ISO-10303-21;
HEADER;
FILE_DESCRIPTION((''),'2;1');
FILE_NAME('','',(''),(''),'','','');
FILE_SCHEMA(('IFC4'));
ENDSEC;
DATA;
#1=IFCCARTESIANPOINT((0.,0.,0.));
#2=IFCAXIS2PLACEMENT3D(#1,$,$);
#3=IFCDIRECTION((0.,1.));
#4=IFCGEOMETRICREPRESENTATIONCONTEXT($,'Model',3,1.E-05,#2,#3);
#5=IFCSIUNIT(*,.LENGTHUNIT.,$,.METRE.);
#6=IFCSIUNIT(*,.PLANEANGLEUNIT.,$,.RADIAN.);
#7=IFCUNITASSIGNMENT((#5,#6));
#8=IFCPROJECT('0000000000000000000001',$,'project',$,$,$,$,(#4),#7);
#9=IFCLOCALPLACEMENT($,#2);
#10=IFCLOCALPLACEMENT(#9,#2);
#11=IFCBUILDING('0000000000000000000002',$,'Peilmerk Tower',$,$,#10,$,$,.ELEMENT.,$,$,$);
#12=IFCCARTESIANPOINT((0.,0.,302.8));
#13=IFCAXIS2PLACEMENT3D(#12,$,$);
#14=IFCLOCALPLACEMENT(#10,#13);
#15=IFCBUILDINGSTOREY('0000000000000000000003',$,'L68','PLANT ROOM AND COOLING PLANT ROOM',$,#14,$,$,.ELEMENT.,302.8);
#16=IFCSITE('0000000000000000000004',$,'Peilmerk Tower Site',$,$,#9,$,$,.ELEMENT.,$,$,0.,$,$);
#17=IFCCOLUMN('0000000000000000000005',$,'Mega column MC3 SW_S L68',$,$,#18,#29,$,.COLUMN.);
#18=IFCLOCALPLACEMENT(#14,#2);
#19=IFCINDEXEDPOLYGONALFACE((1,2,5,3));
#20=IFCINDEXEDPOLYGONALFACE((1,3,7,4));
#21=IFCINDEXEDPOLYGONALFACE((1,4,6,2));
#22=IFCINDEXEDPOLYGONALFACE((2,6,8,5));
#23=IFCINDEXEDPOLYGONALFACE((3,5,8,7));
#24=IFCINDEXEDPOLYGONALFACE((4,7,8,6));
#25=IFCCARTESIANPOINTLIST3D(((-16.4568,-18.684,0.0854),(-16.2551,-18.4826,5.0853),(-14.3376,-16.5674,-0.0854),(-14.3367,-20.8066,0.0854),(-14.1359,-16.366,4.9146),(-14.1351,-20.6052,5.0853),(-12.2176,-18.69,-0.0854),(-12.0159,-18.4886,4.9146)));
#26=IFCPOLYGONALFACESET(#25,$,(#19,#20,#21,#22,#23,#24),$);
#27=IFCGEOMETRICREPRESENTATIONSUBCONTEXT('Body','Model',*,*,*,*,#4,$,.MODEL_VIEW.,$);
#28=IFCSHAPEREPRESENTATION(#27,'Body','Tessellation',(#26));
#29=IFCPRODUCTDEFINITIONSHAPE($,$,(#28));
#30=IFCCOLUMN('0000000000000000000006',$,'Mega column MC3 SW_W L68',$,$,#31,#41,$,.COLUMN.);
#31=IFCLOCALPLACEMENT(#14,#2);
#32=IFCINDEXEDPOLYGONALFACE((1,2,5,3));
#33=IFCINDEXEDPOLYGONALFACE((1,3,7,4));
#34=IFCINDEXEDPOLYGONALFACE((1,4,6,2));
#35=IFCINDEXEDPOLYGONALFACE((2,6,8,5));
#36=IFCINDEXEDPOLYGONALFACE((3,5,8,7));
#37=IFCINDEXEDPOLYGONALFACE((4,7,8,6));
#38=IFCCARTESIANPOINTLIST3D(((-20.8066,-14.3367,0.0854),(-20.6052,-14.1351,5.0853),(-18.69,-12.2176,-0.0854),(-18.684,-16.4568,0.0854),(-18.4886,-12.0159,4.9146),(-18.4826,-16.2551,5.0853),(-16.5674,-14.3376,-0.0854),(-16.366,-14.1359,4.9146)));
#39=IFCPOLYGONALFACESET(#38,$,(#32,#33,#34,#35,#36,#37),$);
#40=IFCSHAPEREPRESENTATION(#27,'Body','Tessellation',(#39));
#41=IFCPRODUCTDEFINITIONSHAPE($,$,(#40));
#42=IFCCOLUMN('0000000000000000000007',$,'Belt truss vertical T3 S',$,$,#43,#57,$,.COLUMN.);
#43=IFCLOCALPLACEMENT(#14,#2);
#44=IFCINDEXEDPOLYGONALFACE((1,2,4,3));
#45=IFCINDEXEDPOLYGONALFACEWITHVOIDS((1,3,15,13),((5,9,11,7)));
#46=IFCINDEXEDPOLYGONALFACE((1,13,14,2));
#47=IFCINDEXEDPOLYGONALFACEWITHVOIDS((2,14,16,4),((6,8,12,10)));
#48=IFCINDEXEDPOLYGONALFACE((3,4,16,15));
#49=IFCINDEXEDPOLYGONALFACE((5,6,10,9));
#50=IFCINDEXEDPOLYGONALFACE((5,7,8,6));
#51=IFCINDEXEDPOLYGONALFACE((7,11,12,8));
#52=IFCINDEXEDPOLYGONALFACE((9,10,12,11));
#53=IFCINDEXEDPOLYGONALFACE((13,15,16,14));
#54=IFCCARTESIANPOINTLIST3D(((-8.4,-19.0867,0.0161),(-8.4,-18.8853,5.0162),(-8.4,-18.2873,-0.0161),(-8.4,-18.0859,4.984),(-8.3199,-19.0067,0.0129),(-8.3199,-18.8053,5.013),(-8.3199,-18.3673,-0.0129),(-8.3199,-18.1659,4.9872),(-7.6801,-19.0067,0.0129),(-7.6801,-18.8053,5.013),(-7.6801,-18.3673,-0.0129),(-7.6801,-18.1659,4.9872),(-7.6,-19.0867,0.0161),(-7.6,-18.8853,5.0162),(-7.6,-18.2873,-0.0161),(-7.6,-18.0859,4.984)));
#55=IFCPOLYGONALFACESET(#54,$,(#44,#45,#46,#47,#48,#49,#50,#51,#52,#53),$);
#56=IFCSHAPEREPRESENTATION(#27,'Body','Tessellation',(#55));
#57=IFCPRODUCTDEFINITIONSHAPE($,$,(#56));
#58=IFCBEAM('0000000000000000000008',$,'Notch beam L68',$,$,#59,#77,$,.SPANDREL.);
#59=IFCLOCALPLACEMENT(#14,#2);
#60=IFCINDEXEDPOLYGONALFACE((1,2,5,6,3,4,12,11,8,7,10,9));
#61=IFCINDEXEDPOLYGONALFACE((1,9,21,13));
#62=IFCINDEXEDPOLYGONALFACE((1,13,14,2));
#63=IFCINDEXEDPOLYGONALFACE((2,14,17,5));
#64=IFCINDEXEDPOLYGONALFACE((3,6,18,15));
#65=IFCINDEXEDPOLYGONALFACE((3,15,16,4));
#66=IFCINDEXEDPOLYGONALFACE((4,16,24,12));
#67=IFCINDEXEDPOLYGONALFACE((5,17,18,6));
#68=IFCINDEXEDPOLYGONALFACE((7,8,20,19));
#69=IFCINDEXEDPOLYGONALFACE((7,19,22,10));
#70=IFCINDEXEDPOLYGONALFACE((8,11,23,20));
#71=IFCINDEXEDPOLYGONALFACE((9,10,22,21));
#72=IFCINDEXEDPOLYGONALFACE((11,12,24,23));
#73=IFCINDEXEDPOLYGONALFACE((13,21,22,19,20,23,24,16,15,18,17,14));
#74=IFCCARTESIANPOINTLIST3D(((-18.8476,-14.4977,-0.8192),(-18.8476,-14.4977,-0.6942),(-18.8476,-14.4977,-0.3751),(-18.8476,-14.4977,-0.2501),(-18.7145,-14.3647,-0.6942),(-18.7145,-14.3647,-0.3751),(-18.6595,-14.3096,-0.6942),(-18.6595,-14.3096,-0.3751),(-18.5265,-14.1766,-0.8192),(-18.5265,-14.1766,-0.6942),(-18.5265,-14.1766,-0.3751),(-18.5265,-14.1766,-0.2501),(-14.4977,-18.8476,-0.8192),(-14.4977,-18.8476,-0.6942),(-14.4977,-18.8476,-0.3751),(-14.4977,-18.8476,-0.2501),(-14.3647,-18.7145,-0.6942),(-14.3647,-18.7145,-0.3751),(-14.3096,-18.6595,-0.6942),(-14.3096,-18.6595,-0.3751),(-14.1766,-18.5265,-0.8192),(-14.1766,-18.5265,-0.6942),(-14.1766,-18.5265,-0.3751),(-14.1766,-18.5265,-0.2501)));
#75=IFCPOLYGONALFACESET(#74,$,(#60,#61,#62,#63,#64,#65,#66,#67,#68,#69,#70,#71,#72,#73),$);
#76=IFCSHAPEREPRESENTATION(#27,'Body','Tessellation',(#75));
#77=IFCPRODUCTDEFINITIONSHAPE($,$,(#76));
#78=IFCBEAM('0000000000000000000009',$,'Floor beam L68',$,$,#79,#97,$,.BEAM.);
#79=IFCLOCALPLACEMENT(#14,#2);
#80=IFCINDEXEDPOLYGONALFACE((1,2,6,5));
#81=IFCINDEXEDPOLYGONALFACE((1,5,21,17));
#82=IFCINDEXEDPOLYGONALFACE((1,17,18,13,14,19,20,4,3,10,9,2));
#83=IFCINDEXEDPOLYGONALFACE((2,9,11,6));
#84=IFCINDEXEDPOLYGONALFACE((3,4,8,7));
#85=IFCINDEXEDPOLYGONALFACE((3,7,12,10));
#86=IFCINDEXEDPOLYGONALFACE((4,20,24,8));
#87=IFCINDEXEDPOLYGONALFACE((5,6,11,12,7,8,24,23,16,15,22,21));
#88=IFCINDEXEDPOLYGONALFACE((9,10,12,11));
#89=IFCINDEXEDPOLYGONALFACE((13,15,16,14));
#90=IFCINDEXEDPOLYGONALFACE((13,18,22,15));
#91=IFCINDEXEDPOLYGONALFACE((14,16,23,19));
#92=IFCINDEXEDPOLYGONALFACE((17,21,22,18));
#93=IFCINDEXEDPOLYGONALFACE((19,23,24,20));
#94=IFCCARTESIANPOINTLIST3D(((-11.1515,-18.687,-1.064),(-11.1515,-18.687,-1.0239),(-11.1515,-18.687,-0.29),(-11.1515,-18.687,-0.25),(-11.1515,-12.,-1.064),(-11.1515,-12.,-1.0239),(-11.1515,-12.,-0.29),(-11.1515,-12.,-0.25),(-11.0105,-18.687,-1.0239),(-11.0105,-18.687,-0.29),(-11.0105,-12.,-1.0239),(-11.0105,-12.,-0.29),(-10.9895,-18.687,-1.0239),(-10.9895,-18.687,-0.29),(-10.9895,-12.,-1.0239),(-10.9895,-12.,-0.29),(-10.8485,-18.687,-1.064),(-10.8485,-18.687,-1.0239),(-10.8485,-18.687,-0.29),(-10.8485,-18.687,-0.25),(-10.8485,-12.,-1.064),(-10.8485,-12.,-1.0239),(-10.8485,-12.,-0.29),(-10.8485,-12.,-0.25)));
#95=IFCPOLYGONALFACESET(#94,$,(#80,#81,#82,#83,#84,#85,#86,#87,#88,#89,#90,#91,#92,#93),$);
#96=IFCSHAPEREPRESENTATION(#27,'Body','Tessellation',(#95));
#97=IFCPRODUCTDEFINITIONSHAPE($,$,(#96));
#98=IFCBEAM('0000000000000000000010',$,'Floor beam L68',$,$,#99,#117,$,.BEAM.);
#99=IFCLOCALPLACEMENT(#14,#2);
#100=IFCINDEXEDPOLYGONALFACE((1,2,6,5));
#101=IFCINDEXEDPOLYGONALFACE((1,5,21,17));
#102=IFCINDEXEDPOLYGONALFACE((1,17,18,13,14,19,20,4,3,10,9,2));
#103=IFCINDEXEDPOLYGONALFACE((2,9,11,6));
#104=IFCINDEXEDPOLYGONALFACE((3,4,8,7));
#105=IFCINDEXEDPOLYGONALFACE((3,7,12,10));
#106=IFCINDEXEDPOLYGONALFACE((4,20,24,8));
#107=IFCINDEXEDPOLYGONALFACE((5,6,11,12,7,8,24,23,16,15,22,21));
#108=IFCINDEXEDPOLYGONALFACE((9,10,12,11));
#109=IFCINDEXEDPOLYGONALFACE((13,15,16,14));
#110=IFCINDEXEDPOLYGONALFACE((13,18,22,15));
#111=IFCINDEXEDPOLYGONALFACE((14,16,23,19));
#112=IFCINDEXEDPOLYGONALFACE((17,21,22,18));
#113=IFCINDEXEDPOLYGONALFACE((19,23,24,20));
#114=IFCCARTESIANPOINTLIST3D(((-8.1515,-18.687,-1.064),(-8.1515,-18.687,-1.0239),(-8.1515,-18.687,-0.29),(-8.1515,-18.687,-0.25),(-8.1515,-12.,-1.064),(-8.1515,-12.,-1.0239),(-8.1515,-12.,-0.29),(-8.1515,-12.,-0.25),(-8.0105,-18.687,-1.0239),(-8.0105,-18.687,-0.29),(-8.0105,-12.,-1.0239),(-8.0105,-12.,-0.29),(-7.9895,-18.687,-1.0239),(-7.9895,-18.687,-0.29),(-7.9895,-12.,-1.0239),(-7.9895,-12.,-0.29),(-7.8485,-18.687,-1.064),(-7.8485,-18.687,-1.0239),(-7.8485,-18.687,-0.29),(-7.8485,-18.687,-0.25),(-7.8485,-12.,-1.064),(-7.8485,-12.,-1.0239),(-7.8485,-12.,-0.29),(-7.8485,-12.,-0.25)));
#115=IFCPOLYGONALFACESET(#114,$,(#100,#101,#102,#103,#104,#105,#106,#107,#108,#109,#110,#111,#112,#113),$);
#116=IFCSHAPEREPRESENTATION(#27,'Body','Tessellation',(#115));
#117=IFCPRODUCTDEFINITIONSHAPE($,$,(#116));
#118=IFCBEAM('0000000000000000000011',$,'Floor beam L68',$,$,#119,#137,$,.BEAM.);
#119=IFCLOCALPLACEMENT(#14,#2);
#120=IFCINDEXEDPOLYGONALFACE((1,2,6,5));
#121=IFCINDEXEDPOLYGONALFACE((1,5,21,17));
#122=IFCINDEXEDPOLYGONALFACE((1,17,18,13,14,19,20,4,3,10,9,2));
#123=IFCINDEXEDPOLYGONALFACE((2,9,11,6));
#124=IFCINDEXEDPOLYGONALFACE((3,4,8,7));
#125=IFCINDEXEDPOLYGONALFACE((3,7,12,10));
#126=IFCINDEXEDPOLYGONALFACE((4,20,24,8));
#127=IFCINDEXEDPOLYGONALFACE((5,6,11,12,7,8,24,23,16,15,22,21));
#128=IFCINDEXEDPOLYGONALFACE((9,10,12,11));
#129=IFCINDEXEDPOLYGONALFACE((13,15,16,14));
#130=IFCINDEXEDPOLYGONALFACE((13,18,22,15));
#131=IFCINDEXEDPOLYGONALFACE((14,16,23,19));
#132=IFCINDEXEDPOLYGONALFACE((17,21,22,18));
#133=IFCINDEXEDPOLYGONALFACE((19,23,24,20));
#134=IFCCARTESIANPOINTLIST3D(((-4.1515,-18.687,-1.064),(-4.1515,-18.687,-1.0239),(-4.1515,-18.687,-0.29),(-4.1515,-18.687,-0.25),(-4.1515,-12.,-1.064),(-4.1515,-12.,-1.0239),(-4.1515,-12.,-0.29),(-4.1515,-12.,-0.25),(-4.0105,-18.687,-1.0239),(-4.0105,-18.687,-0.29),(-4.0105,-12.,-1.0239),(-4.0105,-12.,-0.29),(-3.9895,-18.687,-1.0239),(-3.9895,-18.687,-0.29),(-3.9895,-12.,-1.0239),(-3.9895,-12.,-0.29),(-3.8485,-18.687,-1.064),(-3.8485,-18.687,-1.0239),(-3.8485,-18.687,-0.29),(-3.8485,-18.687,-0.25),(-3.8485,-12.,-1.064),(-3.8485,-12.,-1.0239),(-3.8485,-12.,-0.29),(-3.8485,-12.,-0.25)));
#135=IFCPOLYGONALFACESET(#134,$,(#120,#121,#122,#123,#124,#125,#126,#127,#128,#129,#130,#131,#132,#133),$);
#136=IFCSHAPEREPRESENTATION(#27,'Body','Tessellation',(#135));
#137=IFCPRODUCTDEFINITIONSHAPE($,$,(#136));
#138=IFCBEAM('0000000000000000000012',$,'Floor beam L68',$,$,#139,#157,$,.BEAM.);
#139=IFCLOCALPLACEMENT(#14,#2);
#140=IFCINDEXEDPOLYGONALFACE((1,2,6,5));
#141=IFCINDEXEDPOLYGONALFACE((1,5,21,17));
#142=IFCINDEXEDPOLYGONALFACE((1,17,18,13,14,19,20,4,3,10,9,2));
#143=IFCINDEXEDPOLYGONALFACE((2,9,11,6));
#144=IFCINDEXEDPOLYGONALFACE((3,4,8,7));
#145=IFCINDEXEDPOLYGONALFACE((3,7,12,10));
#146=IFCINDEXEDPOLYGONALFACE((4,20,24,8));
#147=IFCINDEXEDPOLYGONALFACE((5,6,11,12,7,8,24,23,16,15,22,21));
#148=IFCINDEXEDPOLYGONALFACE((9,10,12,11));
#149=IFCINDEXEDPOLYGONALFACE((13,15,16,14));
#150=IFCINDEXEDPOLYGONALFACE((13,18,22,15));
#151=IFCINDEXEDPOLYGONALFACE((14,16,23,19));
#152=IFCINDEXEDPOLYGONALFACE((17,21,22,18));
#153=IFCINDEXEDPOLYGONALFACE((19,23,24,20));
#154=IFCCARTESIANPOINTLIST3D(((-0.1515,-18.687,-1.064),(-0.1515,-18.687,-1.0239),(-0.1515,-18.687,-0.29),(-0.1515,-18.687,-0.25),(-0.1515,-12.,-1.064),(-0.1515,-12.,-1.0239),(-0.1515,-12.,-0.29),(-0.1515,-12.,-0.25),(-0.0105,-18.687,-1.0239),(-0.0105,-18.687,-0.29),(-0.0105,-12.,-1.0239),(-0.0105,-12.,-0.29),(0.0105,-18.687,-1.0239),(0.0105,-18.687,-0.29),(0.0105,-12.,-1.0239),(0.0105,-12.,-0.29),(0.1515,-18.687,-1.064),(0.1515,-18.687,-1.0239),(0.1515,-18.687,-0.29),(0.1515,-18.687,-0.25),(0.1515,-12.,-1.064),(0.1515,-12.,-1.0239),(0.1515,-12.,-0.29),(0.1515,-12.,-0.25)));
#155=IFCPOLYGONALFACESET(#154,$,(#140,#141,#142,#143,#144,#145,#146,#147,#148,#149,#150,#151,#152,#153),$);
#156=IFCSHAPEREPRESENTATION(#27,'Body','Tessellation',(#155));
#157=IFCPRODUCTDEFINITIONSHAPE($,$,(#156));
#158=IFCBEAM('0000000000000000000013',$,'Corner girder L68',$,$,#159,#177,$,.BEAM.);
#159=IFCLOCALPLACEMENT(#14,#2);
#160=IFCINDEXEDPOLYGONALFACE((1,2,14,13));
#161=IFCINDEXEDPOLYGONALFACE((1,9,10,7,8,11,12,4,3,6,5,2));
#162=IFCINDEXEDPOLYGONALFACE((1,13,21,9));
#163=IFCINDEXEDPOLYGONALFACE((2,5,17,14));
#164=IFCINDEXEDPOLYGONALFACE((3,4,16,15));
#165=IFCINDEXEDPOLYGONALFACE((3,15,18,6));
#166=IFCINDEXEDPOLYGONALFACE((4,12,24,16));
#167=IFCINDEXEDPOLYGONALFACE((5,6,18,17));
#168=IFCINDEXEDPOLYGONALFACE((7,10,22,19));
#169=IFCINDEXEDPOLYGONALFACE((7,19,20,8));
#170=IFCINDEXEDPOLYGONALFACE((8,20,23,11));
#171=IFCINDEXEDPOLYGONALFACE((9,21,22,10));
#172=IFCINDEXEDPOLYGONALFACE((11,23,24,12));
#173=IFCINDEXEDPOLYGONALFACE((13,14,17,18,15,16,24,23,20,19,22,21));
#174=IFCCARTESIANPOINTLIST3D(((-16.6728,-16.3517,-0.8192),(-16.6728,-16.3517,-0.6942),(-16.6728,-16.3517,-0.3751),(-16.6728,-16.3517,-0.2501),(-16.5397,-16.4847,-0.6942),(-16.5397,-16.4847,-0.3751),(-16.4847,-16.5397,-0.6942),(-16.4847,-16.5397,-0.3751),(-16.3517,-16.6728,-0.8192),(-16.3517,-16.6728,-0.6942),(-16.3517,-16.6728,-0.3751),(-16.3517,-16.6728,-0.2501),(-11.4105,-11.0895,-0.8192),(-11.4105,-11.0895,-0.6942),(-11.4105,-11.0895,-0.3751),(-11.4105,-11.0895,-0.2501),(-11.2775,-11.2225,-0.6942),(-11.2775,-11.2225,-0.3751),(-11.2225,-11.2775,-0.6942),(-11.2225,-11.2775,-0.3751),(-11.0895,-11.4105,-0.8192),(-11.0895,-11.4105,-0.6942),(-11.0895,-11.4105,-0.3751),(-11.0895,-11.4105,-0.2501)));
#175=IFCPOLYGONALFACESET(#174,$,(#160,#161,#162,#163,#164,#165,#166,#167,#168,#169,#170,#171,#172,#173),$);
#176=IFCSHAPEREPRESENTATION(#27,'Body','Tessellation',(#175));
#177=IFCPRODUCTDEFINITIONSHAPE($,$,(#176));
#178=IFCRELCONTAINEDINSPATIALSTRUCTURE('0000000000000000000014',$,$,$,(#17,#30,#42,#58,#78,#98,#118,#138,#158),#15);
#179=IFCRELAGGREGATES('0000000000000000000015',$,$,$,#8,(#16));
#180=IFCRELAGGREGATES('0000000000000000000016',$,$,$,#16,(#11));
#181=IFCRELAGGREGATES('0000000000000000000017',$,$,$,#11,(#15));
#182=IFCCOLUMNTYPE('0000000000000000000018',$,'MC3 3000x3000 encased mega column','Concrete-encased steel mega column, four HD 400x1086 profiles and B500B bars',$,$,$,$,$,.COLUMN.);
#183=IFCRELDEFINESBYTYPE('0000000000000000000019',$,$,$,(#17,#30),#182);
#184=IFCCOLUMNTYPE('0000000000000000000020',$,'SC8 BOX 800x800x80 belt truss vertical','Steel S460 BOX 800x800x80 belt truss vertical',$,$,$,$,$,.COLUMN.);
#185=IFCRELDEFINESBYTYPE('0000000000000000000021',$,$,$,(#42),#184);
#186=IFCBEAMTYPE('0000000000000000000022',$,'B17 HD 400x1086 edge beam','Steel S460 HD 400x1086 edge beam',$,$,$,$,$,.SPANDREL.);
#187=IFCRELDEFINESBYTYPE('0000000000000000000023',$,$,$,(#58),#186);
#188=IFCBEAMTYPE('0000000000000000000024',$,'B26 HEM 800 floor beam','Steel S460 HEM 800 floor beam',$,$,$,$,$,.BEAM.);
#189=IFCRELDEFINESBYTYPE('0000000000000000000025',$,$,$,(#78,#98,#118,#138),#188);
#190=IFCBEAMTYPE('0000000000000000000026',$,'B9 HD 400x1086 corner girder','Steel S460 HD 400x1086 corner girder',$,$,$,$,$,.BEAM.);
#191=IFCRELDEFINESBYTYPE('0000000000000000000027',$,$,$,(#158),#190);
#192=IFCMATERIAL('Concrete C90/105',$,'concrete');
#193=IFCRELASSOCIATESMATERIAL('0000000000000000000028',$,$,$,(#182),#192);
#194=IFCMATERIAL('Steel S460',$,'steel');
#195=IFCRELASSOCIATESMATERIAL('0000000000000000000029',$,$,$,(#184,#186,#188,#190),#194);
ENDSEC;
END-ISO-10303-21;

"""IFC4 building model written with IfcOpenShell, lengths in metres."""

from ifc_helpers import new_model, si_unit, direction, frame, origin, origin_2d, place, context, subcontext, project, spatial, rectangle, hollow_rectangle, i_section, extrude, material, material_profile, profile_set, type_object, element, save


model = new_model("IFC4")

# Units and contexts
model_context = context("Model", 3, precision=1e-05, world=origin(), true_north=direction((0.0, 1.0)))
body_context = subcontext(model_context, "Body", "Model", "MODEL_VIEW")
ifc_project = project(units=[si_unit("LENGTHUNIT", "METRE"), si_unit("PLANEANGLEUNIT", "RADIAN")], contexts=[model_context])

# Site, building, storey
site_placement = place(None, origin())
site = spatial("IfcSite", under=ifc_project, at=site_placement, Name="Peilmerk Tower Site", CompositionType="ELEMENT", RefElevation=0.0)
building_placement = place(site_placement, origin())
building = spatial("IfcBuilding", under=site, at=building_placement, Name="Peilmerk Tower", CompositionType="ELEMENT")
storey_placement = place(building_placement, frame((0.0, 0.0, 302.8)))
storey = spatial("IfcBuildingStorey", under=building, at=storey_placement, Name="L68", Description="PLANT ROOM AND COOLING PLANT ROOM", CompositionType="ELEMENT", Elevation=302.8)

# Columns
ifc_material_1 = material(Name="Concrete C90/105", Category="concrete")
ifc_material_profile_1 = material_profile(ifc_material_1, rectangle(XDim=3.0, YDim=3.0, at=origin_2d()), Name="RC 3000x3000")
ifc_profile_set_1 = profile_set([ifc_material_profile_1], Name="Concrete C90/105")
column_type_1 = type_object("IfcColumnType", Name="MC3 3000x3000 encased mega column", Description="Concrete-encased steel mega column, four HD 400x1086 profiles and B500B bars", PredefinedType="COLUMN", material=ifc_profile_set_1)
for number, where, z_axis, x_axis, name in (
    (1, (-14.3372, -18.687, 0.0), (0.040267, 0.040218, 0.998379), (-0.706678, 0.707535, 0.0), "Mega column MC3 SW_S L68"),
    (2, (-18.687, -14.3372, 0.0), (0.040218, 0.040267, 0.998379), (-0.707535, 0.706678, 0.0), "Mega column MC3 SW_W L68"),
):
    element("IfcColumn", number, at=place(storey_placement, frame(where, z_axis=z_axis, x_axis=x_axis)), inside=storey, type_object=column_type_1, Name=name, PredefinedType="COLUMN", context=body_context, shape_type="SweptSolid", body=[
        extrude(rectangle(XDim=3.0, YDim=3.0, at=origin_2d()), origin(), (0.0, 0.0, 1.0), 5.0081),
    ])
ifc_material_2 = material(Name="Steel S460", Category="steel")
ifc_material_profile_2 = material_profile(ifc_material_2, hollow_rectangle(XDim=0.8, YDim=0.8, WallThickness=0.0801, at=origin_2d()), Name="BOX 800x800x80")
ifc_profile_set_2 = profile_set([ifc_material_profile_2], Name="Steel S460")
column_type_2 = type_object("IfcColumnType", Name="SC8 BOX 800x800x80 belt truss vertical", Description="Steel S460 BOX 800x800x80 belt truss vertical", PredefinedType="COLUMN", material=ifc_profile_set_2)
column_placement = place(storey_placement, frame((-8.0, -18.687, 0.0), z_axis=(0.0, 0.040251, 0.99919), x_axis=(-1.0, 0.0, 0.0)))
element("IfcColumn", 3, at=column_placement, inside=storey, type_object=column_type_2, Name="Belt truss vertical T3 S", PredefinedType="COLUMN", context=body_context, shape_type="SweptSolid", body=[
    extrude(hollow_rectangle(XDim=0.8, YDim=0.8, WallThickness=0.0801, at=origin_2d()), origin(), (0.0, 0.0, 1.0), 5.0042),
])

# Beams
ifc_material_profile_3 = material_profile(ifc_material_2, i_section(OverallWidth=0.4541, OverallDepth=0.5691, WebThickness=0.0779, FlangeThickness=0.125, at=origin_2d()), Name="HD 400x1086")
ifc_profile_set_3 = profile_set([ifc_material_profile_3], Name="Steel S460")
beam_type_1 = type_object("IfcBeamType", Name="B17 HD 400x1086 edge beam", Description="Steel S460 HD 400x1086 edge beam", PredefinedType="SPANDREL", material=ifc_profile_set_3)
beam_1_placement = place(storey_placement, frame((-14.3372, -18.687, -0.5347), z_axis=(-0.707107, 0.707107, 0.0), x_axis=(-0.707107, -0.707107, 0.0)))
element("IfcBeam", 4, at=beam_1_placement, inside=storey, type_object=beam_type_1, Name="Notch beam L68", PredefinedType="SPANDREL", context=body_context, shape_type="SweptSolid", body=[
    extrude(i_section(OverallWidth=0.4541, OverallDepth=0.5691, WebThickness=0.0779, FlangeThickness=0.125, at=origin_2d()), origin(), (0.0, 0.0, 1.0), 6.1516),
])
ifc_material_profile_4 = material_profile(ifc_material_2, i_section(OverallWidth=0.303, OverallDepth=0.814, WebThickness=0.021, FlangeThickness=0.04, at=origin_2d()), Name="HEM 800")
ifc_profile_set_4 = profile_set([ifc_material_profile_4], Name="Steel S460")
beam_type_2 = type_object("IfcBeamType", Name="B26 HEM 800 floor beam", Description="Steel S460 HEM 800 floor beam", PredefinedType="BEAM", material=ifc_profile_set_4)
for number, where, z_axis, x_axis, name in (
    (5, (-11.0, -12.0, -0.657), (0.0, -1.0, 0.0), (1.0, 0.0, 0.0), "Floor beam L68"),
    (6, (-8.0, -12.0, -0.657), (0.0, -1.0, 0.0), (1.0, 0.0, 0.0), "Floor beam L68"),
    (7, (-4.0, -12.0, -0.657), (0.0, -1.0, 0.0), (1.0, 0.0, 0.0), "Floor beam L68"),
    (8, (0.0, -12.0, -0.657), (0.0, -1.0, 0.0), (1.0, 0.0, 0.0), "Floor beam L68"),
):
    element("IfcBeam", number, at=place(storey_placement, frame(where, z_axis=z_axis, x_axis=x_axis)), inside=storey, type_object=beam_type_2, Name=name, PredefinedType="BEAM", context=body_context, shape_type="SweptSolid", body=[
        extrude(i_section(OverallWidth=0.303, OverallDepth=0.814, WebThickness=0.021, FlangeThickness=0.04, at=origin_2d()), origin(), (0.0, 0.0, 1.0), 6.687),
    ])
ifc_material_profile_5 = material_profile(ifc_material_2, i_section(OverallWidth=0.4541, OverallDepth=0.5691, WebThickness=0.0779, FlangeThickness=0.125, at=origin_2d()), Name="HD 400x1086")
ifc_profile_set_5 = profile_set([ifc_material_profile_5], Name="Steel S460")
beam_type_3 = type_object("IfcBeamType", Name="B9 HD 400x1086 corner girder", Description="Steel S460 HD 400x1086 corner girder", PredefinedType="BEAM", material=ifc_profile_set_5)
beam_2_placement = place(storey_placement, frame((-11.25, -11.25, -0.5347), z_axis=(-0.707107, -0.707107, 0.0), x_axis=(0.707107, -0.707107, 0.0)))
element("IfcBeam", 9, at=beam_2_placement, inside=storey, type_object=beam_type_3, Name="Corner girder L68", PredefinedType="BEAM", context=body_context, shape_type="SweptSolid", body=[
    extrude(i_section(OverallWidth=0.4541, OverallDepth=0.5691, WebThickness=0.0779, FlangeThickness=0.125, at=origin_2d()), origin(), (0.0, 0.0, 1.0), 7.4419),
])

save(model, "model.ifc")
